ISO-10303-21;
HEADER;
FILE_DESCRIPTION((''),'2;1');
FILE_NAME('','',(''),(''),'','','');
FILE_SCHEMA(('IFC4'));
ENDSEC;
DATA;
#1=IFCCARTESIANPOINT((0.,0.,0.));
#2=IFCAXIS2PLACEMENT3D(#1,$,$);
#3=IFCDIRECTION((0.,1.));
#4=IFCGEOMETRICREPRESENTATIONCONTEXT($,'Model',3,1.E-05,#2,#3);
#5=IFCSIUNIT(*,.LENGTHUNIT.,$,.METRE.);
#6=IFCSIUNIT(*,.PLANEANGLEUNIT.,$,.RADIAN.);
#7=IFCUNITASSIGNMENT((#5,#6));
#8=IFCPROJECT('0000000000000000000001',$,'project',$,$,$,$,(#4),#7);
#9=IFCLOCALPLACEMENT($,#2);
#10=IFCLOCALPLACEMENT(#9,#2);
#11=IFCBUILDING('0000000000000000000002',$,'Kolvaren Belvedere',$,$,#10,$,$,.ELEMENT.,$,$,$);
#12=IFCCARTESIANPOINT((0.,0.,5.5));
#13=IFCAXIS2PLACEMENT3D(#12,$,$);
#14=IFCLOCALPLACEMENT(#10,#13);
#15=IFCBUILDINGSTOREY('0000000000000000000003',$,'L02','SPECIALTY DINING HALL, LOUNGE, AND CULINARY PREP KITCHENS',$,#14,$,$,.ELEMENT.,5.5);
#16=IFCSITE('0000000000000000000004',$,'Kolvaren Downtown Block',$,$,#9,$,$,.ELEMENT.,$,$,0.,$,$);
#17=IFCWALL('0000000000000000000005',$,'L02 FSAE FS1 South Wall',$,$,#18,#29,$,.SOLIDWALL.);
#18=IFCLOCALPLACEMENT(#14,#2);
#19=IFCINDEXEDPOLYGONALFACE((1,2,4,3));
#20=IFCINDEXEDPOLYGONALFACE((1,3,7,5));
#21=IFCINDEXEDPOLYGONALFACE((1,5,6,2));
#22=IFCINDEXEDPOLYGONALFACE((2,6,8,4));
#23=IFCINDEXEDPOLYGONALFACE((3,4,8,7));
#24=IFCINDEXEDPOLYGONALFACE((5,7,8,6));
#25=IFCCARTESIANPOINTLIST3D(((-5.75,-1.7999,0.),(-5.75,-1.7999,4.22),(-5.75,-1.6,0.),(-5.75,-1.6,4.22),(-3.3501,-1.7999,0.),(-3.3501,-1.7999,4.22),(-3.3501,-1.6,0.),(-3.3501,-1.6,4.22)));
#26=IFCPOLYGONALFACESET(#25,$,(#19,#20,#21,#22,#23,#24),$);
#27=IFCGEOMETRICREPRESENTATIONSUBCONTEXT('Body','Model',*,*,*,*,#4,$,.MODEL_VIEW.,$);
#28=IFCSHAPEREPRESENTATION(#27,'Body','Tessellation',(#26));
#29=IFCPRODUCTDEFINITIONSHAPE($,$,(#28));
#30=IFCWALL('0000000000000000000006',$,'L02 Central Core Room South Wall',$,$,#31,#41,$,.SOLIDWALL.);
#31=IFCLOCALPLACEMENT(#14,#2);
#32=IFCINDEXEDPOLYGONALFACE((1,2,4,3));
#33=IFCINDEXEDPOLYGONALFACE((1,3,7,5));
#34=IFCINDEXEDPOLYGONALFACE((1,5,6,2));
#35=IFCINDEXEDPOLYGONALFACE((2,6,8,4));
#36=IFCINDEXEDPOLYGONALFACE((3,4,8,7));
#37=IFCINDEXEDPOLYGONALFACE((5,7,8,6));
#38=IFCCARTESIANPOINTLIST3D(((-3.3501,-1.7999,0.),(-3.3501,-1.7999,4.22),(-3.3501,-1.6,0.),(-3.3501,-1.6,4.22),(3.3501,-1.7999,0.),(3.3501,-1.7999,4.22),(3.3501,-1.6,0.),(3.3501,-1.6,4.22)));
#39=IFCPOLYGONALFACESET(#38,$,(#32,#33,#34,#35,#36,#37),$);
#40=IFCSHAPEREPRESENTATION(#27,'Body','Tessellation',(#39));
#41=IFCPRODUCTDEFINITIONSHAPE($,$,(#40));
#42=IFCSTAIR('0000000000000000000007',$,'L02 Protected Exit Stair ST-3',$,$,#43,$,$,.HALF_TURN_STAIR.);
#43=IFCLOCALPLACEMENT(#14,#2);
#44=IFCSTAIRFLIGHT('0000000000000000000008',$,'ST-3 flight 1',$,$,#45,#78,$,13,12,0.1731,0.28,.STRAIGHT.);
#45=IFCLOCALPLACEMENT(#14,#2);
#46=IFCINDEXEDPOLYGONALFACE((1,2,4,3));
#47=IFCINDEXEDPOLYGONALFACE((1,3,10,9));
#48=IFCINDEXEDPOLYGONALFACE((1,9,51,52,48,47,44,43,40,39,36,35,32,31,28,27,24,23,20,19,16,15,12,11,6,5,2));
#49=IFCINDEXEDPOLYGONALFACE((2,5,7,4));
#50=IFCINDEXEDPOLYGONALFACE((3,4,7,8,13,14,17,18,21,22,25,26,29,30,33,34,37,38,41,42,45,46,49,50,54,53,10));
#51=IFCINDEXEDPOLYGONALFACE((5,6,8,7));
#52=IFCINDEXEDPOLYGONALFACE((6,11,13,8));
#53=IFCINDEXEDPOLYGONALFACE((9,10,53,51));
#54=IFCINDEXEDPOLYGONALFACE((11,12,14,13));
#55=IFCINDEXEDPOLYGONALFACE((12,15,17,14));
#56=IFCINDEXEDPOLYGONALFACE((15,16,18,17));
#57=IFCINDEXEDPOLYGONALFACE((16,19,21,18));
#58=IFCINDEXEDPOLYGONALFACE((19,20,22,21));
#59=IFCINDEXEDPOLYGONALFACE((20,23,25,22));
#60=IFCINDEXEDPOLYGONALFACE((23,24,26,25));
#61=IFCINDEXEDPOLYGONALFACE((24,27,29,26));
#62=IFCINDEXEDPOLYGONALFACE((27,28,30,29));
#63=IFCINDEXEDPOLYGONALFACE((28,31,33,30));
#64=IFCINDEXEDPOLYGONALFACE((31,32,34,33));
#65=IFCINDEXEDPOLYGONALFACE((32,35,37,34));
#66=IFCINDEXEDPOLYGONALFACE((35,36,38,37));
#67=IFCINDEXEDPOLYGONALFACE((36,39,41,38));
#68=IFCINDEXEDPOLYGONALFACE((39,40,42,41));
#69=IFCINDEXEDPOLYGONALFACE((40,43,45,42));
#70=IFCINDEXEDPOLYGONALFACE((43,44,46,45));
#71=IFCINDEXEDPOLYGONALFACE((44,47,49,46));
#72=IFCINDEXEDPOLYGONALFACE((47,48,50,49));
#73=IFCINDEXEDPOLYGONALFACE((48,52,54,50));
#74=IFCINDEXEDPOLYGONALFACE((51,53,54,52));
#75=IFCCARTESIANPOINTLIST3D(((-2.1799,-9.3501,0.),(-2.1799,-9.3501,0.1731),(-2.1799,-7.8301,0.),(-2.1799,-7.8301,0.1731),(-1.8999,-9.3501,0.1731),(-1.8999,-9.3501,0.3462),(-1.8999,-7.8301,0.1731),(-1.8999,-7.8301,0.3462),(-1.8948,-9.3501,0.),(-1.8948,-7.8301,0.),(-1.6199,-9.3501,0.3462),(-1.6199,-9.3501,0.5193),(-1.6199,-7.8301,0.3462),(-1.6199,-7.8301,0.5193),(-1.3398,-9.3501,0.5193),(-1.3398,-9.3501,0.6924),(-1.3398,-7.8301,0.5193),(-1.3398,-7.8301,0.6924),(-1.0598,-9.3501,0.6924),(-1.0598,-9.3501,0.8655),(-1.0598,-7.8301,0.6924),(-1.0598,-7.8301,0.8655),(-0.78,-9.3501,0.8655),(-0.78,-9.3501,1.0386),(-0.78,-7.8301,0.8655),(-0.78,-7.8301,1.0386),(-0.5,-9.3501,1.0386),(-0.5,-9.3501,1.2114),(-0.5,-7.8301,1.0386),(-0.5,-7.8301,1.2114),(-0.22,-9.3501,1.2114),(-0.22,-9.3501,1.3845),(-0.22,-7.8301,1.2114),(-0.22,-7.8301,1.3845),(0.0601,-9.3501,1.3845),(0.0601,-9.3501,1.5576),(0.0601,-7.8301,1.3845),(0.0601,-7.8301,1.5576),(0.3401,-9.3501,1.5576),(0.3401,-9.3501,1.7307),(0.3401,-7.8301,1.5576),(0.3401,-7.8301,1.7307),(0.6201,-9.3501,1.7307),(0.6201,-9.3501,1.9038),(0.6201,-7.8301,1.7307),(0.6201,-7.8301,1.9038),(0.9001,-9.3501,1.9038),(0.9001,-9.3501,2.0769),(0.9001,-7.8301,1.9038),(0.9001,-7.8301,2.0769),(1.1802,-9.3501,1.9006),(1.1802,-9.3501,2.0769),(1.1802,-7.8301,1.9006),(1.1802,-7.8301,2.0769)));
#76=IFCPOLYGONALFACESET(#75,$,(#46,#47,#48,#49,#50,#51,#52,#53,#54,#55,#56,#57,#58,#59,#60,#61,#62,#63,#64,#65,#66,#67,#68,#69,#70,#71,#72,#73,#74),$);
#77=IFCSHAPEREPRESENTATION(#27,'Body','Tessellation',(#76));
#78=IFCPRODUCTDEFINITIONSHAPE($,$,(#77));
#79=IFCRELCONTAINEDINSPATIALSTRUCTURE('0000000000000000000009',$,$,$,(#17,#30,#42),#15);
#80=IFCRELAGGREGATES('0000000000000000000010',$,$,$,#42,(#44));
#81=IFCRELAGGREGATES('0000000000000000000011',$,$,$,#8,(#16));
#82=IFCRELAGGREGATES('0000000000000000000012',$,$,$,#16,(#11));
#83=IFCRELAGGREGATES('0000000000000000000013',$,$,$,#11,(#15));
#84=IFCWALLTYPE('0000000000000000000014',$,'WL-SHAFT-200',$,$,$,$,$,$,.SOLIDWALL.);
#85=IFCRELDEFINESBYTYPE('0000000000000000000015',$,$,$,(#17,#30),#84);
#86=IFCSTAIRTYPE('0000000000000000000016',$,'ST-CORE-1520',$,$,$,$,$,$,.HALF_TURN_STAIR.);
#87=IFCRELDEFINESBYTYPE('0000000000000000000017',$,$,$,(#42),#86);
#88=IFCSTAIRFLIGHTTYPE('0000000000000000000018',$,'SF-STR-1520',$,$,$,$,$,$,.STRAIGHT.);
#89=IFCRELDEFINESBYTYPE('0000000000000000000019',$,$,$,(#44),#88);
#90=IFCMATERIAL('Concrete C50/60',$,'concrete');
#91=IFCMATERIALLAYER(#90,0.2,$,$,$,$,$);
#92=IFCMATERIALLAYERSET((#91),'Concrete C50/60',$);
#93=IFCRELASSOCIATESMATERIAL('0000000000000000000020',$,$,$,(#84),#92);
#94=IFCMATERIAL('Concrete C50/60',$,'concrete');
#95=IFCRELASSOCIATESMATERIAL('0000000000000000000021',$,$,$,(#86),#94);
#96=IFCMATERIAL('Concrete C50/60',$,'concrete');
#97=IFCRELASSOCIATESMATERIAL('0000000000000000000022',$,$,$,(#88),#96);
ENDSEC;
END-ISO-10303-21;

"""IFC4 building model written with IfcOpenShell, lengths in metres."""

from ifc_helpers import new_model, si_unit, direction, frame, frame_2d, origin, place, context, subcontext, project, spatial, polyline, rectangle, outline, extrude, material, layer, layer_set, type_object, element, aggregate, save


model = new_model("IFC4")

# Units and contexts
model_context = context("Model", 3, precision=1e-05, world=origin(), true_north=direction((0.0, 1.0)))
body_context = subcontext(model_context, "Body", "Model", "MODEL_VIEW")
ifc_project = project(units=[si_unit("LENGTHUNIT", "METRE"), si_unit("PLANEANGLEUNIT", "RADIAN")], contexts=[model_context])

# Site, building, storey
site_placement = place(None, origin())
site = spatial("IfcSite", under=ifc_project, at=site_placement, Name="Kolvaren Downtown Block", CompositionType="ELEMENT", RefElevation=0.0)
building_placement = place(site_placement, origin())
building = spatial("IfcBuilding", under=site, at=building_placement, Name="Kolvaren Belvedere", CompositionType="ELEMENT")
storey_placement = place(building_placement, frame((0.0, 0.0, 5.5)))
storey = spatial("IfcBuildingStorey", under=building, at=storey_placement, Name="L02", Description="SPECIALTY DINING HALL, LOUNGE, AND CULINARY PREP KITCHENS", CompositionType="ELEMENT", Elevation=5.5)

# Shared definitions
ifc_material_1 = material(Name="Concrete C50/60", Category="concrete")
ifc_layer_1 = layer(ifc_material_1, 0.2)
ifc_layer_set_1 = layer_set([ifc_layer_1], Name="Concrete C50/60")
wall_type_1 = type_object("IfcWallType", Name="WL-SHAFT-200", PredefinedType="SOLIDWALL", material=ifc_layer_set_1)

# Walls
wall_1_placement = place(storey_placement, frame((-5.75, -1.7, 0.0), z_axis=(0.0, 0.0, 1.0), x_axis=(1.0, 0.0, 0.0)))
element("IfcWall", 1, at=wall_1_placement, inside=storey, type_object=wall_type_1, Name="L02 FSAE FS1 South Wall", PredefinedType="SOLIDWALL", context=body_context, shape_type="SweptSolid", body=[
    extrude(rectangle(XDim=2.3999, YDim=0.2, at=frame_2d((1.2, 0.0))), origin(), (0.0, 0.0, 1.0), 4.22),
])
wall_2_placement = place(storey_placement, frame((-3.3501, -1.7, 0.0), z_axis=(0.0, 0.0, 1.0), x_axis=(1.0, 0.0, 0.0)))
element("IfcWall", 2, at=wall_2_placement, inside=storey, type_object=wall_type_1, Name="L02 Central Core Room South Wall", PredefinedType="SOLIDWALL", context=body_context, shape_type="SweptSolid", body=[
    extrude(rectangle(XDim=6.7002, YDim=0.2, at=frame_2d((3.3501, 0.0))), origin(), (0.0, 0.0, 1.0), 4.22),
])

# Stair, stair flight
ifc_material_2 = material(Name="Concrete C50/60", Category="concrete")
stair_type = type_object("IfcStairType", Name="ST-CORE-1520", PredefinedType="HALF_TURN_STAIR", material=ifc_material_2)
stair_placement = place(storey_placement, origin())
stair = element("IfcStair", 3, at=stair_placement, inside=storey, type_object=stair_type, Name="L02 Protected Exit Stair ST-3", PredefinedType="HALF_TURN_STAIR")
ifc_material_3 = material(Name="Concrete C50/60", Category="concrete")
stair_flight_type = type_object("IfcStairFlightType", Name="SF-STR-1520", PredefinedType="STRAIGHT", material=ifc_material_3)
stair_flight_placement = place(storey_placement, frame((-2.1799, -8.5901, 0.0), z_axis=(0.0, 0.0, 1.0), x_axis=(1.0, 0.0, 0.0)))
stair_flight = element("IfcStairFlight", 4, at=stair_flight_placement, type_object=stair_flight_type, Name="ST-3 flight 1", NumberOfRisers=13, NumberOfTreads=12, PredefinedType="STRAIGHT", RiserHeight=0.1731, TreadLength=0.28, context=body_context, shape_type="SweptSolid", body=[
    extrude(outline(polyline([(0.0, 0.0), (0.0, 0.1731), (0.28, 0.1731), (0.28, 0.3462), (0.5601, 0.3462), (0.5601, 0.5193), (0.8401, 0.5193), (0.8401, 0.6924), (1.1201, 0.6924), (1.1201, 0.8655), (1.3999, 0.8655), (1.3999, 1.0386), (1.6799, 1.0386), (1.6799, 1.2114), (1.96, 1.2114), (1.96, 1.3845), (2.24, 1.3845), (2.24, 1.5576), (2.52, 1.5576), (2.52, 1.7307), (2.8, 1.7307), (2.8, 1.9038), (3.0801, 1.9038), (3.0801, 2.0769), (3.3601, 2.0769), (3.3601, 2.25), (3.3601, 1.9006), (0.2852, 0.0), (0.0, 0.0)])), frame((0.0, 0.76, 0.0), z_axis=(0.0, -1.0, 0.0), x_axis=(1.0, 0.0, 0.0)), (0.0, 0.0, 1.0), 1.52),
])
aggregate(stair, [stair_flight])

save(model, "model.ifc")
